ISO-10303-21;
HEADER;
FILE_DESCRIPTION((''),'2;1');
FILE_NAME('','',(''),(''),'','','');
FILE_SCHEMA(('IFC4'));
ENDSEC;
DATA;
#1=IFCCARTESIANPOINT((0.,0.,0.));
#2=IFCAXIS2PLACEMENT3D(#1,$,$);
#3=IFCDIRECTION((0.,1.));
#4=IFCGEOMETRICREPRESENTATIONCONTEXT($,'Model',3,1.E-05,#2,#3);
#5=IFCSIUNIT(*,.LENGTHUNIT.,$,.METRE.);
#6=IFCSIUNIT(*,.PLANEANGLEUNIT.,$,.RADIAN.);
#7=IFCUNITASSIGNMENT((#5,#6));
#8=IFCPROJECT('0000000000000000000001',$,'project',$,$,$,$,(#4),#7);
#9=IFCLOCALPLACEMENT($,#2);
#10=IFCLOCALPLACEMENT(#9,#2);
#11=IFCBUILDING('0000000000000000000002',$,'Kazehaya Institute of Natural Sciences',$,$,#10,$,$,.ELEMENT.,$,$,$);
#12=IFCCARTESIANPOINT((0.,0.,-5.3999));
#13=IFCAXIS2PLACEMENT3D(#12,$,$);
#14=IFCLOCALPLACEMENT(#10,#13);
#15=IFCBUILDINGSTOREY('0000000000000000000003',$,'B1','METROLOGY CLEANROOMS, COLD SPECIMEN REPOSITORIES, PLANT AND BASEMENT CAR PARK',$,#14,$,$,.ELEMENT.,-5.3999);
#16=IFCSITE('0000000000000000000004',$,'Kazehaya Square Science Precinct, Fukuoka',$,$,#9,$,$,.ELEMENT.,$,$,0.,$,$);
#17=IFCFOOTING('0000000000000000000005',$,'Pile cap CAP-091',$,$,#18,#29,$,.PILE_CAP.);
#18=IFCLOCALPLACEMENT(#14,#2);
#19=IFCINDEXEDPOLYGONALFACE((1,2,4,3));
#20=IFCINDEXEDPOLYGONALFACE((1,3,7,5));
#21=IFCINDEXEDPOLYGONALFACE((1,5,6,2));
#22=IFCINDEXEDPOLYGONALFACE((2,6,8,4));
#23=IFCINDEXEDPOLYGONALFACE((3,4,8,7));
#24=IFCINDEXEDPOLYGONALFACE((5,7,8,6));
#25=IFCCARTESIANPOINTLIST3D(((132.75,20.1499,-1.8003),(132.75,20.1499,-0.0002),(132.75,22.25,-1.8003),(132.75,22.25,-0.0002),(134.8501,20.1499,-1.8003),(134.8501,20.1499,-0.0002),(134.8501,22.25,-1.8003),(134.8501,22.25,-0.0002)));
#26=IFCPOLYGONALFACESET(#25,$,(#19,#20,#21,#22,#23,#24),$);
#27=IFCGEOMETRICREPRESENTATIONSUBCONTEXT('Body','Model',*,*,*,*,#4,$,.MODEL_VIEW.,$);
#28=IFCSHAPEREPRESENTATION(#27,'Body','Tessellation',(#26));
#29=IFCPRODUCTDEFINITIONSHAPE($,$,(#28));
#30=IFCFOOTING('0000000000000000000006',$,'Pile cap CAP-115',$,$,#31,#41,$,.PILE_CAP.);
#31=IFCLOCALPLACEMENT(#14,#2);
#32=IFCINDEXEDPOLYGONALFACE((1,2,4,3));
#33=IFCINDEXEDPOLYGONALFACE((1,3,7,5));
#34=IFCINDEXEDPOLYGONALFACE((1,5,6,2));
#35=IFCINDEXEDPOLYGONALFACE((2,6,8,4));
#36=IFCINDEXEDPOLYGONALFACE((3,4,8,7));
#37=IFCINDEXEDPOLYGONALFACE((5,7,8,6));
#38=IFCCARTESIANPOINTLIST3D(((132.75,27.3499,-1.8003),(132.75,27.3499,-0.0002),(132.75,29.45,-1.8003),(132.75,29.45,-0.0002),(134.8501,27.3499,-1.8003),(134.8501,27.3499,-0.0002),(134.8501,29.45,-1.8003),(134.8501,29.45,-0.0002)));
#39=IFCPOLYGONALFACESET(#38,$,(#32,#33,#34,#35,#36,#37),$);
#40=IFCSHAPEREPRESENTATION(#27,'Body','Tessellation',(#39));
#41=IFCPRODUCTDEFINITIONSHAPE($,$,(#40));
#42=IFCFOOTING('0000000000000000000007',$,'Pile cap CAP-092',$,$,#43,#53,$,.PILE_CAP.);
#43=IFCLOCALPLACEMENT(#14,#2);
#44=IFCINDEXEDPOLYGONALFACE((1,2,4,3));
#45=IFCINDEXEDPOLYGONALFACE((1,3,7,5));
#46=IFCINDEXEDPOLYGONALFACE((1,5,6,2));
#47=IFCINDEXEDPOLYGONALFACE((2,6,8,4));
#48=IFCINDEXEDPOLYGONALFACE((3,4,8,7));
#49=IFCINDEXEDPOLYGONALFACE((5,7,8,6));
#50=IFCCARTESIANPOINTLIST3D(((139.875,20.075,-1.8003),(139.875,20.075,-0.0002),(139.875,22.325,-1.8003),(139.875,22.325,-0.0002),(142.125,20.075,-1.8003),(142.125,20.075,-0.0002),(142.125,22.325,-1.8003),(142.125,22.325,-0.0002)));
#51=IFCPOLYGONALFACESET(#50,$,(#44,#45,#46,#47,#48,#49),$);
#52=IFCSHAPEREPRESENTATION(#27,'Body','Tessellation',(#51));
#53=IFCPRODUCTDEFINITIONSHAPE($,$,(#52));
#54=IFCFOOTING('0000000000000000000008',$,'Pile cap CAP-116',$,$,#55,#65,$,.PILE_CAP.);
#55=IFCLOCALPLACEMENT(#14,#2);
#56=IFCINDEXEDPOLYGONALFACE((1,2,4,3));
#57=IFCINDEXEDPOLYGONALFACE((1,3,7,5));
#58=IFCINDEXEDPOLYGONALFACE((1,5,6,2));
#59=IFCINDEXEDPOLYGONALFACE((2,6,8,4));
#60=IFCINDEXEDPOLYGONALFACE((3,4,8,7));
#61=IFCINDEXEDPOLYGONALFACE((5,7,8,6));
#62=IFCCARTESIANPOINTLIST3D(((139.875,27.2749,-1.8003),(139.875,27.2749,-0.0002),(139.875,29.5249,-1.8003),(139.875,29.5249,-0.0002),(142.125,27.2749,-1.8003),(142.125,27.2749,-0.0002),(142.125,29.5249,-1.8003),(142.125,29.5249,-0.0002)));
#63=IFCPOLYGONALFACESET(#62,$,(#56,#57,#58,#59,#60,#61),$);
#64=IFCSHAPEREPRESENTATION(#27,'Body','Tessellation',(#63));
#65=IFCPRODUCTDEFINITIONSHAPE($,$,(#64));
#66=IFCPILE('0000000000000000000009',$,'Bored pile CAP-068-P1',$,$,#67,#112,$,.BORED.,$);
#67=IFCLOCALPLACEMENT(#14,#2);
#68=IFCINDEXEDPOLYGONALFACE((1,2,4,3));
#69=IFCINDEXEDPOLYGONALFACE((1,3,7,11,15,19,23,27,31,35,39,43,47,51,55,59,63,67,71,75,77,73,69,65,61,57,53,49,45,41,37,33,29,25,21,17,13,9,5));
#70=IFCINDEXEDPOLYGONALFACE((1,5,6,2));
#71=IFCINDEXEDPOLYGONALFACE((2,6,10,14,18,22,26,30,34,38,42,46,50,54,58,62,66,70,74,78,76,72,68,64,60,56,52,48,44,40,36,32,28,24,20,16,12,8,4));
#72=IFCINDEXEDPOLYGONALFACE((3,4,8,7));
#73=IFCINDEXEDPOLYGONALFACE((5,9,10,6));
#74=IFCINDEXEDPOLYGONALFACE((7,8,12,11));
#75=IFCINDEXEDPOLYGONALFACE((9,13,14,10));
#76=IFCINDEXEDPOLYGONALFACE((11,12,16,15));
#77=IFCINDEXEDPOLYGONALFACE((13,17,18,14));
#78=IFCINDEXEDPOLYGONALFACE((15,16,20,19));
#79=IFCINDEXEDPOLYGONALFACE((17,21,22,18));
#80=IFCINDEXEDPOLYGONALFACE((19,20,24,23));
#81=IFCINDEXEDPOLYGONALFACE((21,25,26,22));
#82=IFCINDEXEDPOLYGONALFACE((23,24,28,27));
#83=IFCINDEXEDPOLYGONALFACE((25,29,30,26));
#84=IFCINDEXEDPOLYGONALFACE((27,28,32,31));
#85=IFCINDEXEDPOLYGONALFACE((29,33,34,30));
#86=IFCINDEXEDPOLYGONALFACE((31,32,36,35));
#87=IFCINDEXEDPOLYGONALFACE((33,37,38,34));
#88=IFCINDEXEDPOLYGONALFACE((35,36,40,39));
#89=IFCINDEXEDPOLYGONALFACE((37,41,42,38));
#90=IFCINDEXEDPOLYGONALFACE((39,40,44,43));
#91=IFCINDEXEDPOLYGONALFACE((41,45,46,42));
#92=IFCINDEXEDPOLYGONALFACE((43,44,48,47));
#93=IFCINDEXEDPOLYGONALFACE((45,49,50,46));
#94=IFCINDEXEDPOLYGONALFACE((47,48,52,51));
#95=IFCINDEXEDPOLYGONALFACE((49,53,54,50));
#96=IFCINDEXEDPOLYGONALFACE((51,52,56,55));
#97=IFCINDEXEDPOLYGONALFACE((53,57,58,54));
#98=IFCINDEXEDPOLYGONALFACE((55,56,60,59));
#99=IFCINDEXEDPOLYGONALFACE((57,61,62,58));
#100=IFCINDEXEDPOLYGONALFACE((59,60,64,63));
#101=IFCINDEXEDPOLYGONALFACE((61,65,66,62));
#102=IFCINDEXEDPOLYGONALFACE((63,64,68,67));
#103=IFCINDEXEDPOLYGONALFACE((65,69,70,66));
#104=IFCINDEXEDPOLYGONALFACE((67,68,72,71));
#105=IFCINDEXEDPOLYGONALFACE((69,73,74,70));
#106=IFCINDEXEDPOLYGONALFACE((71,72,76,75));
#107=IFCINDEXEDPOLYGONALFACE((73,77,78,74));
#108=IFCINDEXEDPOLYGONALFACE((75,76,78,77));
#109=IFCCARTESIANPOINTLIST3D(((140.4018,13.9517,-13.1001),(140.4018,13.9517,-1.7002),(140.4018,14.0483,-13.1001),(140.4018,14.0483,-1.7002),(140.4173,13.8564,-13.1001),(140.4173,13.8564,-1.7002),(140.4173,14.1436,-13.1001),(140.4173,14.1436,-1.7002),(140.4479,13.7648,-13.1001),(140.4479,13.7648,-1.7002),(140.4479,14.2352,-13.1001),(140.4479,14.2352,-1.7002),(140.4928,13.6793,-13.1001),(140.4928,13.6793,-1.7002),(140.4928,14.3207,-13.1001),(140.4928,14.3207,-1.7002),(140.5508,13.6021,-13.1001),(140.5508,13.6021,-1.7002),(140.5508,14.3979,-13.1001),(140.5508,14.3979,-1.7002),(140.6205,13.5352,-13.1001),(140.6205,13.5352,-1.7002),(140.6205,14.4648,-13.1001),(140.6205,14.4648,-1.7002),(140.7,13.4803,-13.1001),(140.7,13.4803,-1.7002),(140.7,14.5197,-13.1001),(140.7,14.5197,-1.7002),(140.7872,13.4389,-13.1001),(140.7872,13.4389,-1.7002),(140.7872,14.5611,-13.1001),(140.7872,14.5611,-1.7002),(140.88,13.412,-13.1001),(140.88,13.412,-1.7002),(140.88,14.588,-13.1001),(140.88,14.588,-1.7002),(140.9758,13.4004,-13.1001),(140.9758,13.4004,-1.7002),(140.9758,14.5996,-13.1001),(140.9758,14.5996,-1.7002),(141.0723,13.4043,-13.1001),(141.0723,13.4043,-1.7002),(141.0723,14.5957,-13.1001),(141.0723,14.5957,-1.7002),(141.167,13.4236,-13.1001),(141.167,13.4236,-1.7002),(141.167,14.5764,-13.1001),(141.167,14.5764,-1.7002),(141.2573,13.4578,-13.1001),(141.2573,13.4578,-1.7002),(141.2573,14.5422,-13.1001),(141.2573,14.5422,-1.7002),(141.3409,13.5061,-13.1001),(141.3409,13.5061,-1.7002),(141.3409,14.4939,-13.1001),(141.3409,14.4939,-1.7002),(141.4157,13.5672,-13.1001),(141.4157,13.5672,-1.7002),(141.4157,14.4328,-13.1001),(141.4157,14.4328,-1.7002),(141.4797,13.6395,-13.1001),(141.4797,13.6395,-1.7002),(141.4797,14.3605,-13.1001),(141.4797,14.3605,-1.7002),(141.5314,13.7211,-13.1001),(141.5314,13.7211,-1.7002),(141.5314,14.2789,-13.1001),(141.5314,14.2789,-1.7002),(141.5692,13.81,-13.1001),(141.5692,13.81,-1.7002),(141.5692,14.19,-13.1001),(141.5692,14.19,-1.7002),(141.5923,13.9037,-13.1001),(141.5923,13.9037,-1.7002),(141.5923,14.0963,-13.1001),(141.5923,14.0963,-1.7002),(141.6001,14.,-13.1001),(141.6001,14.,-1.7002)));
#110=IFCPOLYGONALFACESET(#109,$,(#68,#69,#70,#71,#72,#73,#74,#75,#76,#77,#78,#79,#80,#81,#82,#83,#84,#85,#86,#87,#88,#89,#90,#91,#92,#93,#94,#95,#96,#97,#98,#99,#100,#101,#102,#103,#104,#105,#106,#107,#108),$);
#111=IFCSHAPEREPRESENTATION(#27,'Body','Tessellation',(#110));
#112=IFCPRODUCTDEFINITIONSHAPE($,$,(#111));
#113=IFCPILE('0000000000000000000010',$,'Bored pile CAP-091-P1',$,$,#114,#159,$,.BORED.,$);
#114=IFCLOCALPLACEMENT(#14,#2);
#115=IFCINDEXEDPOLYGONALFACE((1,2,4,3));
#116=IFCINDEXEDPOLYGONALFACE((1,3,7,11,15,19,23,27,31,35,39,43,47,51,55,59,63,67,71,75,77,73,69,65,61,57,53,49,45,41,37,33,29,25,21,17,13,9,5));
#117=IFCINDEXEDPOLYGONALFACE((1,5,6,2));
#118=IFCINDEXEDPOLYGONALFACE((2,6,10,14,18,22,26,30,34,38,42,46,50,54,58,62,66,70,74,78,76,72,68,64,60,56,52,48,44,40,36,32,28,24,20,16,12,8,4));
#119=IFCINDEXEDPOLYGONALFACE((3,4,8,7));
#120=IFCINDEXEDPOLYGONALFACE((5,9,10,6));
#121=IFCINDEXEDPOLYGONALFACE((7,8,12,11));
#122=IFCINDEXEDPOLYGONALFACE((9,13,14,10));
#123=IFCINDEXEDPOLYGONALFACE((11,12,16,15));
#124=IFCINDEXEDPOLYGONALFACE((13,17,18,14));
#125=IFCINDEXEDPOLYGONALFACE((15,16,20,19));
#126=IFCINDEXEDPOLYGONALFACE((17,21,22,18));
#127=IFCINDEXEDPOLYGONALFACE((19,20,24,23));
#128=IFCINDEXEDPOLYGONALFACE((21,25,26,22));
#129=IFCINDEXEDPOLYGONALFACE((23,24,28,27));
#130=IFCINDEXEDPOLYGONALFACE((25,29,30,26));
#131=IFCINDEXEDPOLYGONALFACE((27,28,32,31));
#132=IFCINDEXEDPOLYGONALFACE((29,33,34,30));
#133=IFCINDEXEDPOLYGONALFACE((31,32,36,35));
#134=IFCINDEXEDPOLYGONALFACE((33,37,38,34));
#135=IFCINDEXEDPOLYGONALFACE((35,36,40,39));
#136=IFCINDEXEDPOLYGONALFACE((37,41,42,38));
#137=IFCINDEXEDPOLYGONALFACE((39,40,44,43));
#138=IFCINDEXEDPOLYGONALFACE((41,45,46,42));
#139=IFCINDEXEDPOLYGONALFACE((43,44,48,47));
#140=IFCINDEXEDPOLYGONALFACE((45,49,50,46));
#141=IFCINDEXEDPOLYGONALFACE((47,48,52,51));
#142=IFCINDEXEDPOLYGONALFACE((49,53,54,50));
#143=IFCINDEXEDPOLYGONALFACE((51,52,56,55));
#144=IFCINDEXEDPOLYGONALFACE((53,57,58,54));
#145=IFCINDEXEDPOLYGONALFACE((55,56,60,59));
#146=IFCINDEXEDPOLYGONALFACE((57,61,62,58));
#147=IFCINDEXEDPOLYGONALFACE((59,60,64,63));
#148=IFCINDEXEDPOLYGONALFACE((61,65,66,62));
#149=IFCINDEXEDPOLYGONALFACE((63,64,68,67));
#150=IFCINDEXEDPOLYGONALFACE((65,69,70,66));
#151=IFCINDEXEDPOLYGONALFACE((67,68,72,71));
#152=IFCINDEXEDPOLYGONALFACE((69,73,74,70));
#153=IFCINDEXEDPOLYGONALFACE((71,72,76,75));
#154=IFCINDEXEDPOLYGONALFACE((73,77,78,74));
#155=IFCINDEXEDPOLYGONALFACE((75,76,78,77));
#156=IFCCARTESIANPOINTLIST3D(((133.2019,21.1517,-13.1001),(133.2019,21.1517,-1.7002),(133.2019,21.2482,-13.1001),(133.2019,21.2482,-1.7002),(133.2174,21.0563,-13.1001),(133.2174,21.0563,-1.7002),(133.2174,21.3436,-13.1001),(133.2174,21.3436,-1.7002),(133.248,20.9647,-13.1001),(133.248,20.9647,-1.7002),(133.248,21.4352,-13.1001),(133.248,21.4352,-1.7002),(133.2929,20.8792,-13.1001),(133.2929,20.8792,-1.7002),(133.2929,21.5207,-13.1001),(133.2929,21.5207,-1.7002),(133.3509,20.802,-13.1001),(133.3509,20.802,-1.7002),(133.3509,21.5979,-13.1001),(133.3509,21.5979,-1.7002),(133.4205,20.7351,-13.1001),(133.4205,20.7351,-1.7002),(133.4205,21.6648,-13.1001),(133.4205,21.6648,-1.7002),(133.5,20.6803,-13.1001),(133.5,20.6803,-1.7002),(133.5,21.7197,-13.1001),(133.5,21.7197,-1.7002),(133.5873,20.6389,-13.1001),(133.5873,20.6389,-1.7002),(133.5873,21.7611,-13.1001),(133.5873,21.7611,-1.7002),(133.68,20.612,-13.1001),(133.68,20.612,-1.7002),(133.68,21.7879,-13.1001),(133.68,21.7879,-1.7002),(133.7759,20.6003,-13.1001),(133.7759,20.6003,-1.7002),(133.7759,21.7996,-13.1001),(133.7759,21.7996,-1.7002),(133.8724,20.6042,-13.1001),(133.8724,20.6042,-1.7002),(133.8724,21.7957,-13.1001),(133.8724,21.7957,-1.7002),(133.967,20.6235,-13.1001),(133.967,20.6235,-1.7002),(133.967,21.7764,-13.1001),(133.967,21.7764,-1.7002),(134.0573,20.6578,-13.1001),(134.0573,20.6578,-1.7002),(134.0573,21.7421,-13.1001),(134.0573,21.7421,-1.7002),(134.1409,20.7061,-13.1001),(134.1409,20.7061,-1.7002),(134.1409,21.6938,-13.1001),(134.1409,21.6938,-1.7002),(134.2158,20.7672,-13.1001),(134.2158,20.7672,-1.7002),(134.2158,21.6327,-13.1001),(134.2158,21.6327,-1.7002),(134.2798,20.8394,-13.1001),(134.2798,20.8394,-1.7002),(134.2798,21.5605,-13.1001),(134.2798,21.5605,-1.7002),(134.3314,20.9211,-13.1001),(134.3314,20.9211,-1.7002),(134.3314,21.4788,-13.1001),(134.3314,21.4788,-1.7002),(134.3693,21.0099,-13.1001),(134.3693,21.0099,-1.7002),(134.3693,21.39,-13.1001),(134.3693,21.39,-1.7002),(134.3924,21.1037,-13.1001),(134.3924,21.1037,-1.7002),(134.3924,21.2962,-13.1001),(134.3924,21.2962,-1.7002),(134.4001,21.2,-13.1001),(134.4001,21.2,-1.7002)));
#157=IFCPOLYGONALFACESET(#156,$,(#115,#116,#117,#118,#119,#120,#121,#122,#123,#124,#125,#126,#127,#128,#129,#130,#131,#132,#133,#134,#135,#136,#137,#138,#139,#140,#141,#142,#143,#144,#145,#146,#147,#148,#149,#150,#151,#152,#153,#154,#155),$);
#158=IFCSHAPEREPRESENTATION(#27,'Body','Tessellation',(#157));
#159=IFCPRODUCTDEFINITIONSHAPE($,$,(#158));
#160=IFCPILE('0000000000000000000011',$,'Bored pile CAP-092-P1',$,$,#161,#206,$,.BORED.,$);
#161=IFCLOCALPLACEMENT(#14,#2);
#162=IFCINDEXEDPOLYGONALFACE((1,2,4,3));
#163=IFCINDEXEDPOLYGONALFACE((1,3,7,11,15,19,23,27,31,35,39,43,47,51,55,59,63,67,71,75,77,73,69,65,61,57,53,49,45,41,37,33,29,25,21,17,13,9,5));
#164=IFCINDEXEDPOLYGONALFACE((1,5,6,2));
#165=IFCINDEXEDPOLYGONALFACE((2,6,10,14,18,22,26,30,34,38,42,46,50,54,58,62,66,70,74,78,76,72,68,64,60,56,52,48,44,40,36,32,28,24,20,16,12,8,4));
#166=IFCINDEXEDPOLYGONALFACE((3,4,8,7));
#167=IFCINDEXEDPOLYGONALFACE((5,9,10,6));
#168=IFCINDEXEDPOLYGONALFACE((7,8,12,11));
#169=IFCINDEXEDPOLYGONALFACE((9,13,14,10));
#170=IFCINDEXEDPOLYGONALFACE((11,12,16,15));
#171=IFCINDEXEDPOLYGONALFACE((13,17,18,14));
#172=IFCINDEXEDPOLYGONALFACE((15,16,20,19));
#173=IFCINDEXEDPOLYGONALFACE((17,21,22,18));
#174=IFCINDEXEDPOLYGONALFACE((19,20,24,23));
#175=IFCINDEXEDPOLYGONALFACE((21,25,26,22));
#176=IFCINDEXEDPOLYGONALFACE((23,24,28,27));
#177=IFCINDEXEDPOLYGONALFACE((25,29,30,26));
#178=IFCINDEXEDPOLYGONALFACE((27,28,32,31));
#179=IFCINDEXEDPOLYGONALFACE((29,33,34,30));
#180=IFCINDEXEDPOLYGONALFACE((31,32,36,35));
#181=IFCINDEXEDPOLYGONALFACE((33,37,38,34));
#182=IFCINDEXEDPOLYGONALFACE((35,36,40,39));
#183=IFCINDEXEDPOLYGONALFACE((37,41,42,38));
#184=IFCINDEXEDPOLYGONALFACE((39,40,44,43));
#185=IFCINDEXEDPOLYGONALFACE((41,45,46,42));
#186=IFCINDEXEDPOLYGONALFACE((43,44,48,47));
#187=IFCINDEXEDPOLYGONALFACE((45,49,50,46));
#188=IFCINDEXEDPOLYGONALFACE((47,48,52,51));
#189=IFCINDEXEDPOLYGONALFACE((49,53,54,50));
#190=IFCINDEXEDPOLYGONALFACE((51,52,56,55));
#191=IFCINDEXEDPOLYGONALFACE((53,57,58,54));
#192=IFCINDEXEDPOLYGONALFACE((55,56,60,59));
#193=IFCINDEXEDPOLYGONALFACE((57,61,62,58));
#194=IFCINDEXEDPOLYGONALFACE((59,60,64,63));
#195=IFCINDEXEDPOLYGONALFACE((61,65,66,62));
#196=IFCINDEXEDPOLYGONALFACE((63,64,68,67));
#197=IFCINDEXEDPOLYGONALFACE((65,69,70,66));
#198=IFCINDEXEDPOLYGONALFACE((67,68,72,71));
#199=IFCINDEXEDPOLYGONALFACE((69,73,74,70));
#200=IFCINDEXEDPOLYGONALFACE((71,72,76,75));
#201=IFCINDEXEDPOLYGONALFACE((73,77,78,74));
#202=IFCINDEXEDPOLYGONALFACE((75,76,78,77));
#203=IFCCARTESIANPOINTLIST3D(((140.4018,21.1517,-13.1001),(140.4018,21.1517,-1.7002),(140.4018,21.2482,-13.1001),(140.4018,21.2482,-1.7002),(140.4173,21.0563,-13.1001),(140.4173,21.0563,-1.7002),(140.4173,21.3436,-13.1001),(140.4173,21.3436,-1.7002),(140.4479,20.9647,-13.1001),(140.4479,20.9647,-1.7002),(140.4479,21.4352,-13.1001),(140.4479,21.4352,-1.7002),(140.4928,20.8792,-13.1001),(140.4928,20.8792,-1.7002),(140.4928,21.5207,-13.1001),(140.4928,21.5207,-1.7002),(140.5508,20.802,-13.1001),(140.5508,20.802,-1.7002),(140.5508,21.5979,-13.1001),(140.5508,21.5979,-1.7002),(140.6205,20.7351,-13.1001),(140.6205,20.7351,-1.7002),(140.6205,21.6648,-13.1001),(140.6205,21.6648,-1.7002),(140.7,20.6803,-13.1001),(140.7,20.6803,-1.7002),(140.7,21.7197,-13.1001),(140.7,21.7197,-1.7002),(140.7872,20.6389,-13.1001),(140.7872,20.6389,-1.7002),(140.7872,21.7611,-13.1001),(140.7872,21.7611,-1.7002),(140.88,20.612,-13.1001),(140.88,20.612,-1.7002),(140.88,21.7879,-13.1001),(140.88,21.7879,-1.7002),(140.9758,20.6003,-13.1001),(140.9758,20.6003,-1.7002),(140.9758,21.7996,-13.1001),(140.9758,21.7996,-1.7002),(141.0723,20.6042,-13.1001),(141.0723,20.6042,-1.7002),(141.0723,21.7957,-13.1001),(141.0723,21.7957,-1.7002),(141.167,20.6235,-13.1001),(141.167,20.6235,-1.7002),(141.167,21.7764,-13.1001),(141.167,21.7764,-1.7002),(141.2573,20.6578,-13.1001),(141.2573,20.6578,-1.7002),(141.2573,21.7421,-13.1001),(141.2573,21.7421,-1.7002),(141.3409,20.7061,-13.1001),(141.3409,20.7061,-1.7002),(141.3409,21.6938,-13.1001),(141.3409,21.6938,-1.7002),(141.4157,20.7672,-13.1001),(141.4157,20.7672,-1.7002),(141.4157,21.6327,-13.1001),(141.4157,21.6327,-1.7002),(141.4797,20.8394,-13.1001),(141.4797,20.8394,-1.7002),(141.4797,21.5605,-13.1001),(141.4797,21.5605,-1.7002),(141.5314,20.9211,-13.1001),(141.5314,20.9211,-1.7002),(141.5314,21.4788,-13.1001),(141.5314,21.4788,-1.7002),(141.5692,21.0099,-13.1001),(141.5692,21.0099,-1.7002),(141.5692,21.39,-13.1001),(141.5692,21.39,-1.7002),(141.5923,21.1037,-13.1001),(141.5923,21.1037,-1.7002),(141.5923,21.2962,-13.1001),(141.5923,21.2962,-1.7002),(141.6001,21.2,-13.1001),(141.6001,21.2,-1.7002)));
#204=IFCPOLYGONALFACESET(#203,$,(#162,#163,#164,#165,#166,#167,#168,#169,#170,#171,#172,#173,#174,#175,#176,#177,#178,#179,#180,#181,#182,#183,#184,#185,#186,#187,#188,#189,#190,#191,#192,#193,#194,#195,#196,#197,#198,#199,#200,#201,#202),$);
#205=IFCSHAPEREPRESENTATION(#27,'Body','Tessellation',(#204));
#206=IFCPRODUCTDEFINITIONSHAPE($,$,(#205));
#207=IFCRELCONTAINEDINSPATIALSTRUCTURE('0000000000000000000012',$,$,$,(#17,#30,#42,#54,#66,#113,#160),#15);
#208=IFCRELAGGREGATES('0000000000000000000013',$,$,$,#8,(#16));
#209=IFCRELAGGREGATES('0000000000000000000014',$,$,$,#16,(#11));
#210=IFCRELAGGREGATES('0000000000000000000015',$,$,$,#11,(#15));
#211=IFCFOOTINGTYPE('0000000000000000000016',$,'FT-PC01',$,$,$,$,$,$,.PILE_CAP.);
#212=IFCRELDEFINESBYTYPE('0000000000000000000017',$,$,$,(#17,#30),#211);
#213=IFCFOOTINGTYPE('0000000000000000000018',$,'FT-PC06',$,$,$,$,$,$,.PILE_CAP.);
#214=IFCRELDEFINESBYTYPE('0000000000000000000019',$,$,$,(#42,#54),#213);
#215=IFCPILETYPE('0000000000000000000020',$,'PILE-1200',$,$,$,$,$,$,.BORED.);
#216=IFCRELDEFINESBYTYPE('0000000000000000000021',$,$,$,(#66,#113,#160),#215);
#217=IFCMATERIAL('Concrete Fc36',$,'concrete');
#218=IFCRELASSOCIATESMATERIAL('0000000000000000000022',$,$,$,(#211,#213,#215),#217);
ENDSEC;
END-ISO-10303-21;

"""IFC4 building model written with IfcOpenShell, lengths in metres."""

from ifc_helpers import new_model, si_unit, direction, frame, origin, origin_2d, place, context, subcontext, project, spatial, rectangle, circle, extrude, material, material_profile, profile_set, type_object, element, save


model = new_model("IFC4")

# Units and contexts
model_context = context("Model", 3, precision=1e-05, world=origin(), true_north=direction((0.0, 1.0)))
body_context = subcontext(model_context, "Body", "Model", "MODEL_VIEW")
ifc_project = project(units=[si_unit("LENGTHUNIT", "METRE"), si_unit("PLANEANGLEUNIT", "RADIAN")], contexts=[model_context])

# Site, building, storey
site_placement = place(None, origin())
site = spatial("IfcSite", under=ifc_project, at=site_placement, Name="Kazehaya Square Science Precinct, Fukuoka", CompositionType="ELEMENT", RefElevation=0.0)
building_placement = place(site_placement, origin())
building = spatial("IfcBuilding", under=site, at=building_placement, Name="Kazehaya Institute of Natural Sciences", CompositionType="ELEMENT")
storey_placement = place(building_placement, frame((0.0, 0.0, -5.3999)))
storey = spatial("IfcBuildingStorey", under=building, at=storey_placement, Name="B1", Description="METROLOGY CLEANROOMS, COLD SPECIMEN REPOSITORIES, PLANT AND BASEMENT CAR PARK", CompositionType="ELEMENT", Elevation=-5.3999)

# Footings
ifc_material_1 = material(Name="Concrete Fc36", Category="concrete")
footing_type_1 = type_object("IfcFootingType", Name="FT-PC01", PredefinedType="PILE_CAP", material=ifc_material_1)
for number, where, z_axis, x_axis, name in (
    (1, (133.8, 21.2, -1.8003), (0.0, 0.0, 1.0), (1.0, 0.0, 0.0), "Pile cap CAP-091"),
    (2, (133.8, 28.3999, -1.8003), (0.0, 0.0, 1.0), (1.0, 0.0, 0.0), "Pile cap CAP-115"),
):
    element("IfcFooting", number, at=place(storey_placement, frame(where, z_axis=z_axis, x_axis=x_axis)), inside=storey, type_object=footing_type_1, Name=name, PredefinedType="PILE_CAP", context=body_context, shape_type="SweptSolid", body=[
        extrude(rectangle(XDim=2.1001, YDim=2.1001, at=origin_2d()), origin(), (0.0, 0.0, 1.0), 1.8),
    ])
footing_type_2 = type_object("IfcFootingType", Name="FT-PC06", PredefinedType="PILE_CAP", material=ifc_material_1)
for number, where, z_axis, x_axis, name in (
    (3, (141.0, 21.2, -1.8003), (0.0, 0.0, 1.0), (1.0, 0.0, 0.0), "Pile cap CAP-092"),
    (4, (141.0, 28.3999, -1.8003), (0.0, 0.0, 1.0), (1.0, 0.0, 0.0), "Pile cap CAP-116"),
):
    element("IfcFooting", number, at=place(storey_placement, frame(where, z_axis=z_axis, x_axis=x_axis)), inside=storey, type_object=footing_type_2, Name=name, PredefinedType="PILE_CAP", context=body_context, shape_type="SweptSolid", body=[
        extrude(rectangle(XDim=2.25, YDim=2.25, at=origin_2d()), origin(), (0.0, 0.0, 1.0), 1.8),
    ])

# Piles
ifc_material_profile_1 = material_profile(ifc_material_1, circle(Radius=0.6001, at=origin_2d()), Name="PILE-1200")
ifc_profile_set_1 = profile_set([ifc_material_profile_1], Name="Concrete Fc36")
pile_type = type_object("IfcPileType", Name="PILE-1200", PredefinedType="BORED", material=ifc_profile_set_1)
for number, where, z_axis, x_axis, name in (
    (5, (141.0, 14.0, -1.7002), (0.0, 0.0, -1.0), (1.0, 0.0, 0.0), "Bored pile CAP-068-P1"),
    (6, (133.8, 21.2, -1.7002), (0.0, 0.0, -1.0), (1.0, 0.0, 0.0), "Bored pile CAP-091-P1"),
    (7, (141.0, 21.2, -1.7002), (0.0, 0.0, -1.0), (1.0, 0.0, 0.0), "Bored pile CAP-092-P1"),
):
    element("IfcPile", number, at=place(storey_placement, frame(where, z_axis=z_axis, x_axis=x_axis)), inside=storey, type_object=pile_type, Name=name, PredefinedType="BORED", context=body_context, shape_type="SweptSolid", body=[
        extrude(circle(Radius=0.6001, at=origin_2d()), origin(), (0.0, 0.0, 1.0), 11.3999),
    ])

save(model, "model.ifc")
